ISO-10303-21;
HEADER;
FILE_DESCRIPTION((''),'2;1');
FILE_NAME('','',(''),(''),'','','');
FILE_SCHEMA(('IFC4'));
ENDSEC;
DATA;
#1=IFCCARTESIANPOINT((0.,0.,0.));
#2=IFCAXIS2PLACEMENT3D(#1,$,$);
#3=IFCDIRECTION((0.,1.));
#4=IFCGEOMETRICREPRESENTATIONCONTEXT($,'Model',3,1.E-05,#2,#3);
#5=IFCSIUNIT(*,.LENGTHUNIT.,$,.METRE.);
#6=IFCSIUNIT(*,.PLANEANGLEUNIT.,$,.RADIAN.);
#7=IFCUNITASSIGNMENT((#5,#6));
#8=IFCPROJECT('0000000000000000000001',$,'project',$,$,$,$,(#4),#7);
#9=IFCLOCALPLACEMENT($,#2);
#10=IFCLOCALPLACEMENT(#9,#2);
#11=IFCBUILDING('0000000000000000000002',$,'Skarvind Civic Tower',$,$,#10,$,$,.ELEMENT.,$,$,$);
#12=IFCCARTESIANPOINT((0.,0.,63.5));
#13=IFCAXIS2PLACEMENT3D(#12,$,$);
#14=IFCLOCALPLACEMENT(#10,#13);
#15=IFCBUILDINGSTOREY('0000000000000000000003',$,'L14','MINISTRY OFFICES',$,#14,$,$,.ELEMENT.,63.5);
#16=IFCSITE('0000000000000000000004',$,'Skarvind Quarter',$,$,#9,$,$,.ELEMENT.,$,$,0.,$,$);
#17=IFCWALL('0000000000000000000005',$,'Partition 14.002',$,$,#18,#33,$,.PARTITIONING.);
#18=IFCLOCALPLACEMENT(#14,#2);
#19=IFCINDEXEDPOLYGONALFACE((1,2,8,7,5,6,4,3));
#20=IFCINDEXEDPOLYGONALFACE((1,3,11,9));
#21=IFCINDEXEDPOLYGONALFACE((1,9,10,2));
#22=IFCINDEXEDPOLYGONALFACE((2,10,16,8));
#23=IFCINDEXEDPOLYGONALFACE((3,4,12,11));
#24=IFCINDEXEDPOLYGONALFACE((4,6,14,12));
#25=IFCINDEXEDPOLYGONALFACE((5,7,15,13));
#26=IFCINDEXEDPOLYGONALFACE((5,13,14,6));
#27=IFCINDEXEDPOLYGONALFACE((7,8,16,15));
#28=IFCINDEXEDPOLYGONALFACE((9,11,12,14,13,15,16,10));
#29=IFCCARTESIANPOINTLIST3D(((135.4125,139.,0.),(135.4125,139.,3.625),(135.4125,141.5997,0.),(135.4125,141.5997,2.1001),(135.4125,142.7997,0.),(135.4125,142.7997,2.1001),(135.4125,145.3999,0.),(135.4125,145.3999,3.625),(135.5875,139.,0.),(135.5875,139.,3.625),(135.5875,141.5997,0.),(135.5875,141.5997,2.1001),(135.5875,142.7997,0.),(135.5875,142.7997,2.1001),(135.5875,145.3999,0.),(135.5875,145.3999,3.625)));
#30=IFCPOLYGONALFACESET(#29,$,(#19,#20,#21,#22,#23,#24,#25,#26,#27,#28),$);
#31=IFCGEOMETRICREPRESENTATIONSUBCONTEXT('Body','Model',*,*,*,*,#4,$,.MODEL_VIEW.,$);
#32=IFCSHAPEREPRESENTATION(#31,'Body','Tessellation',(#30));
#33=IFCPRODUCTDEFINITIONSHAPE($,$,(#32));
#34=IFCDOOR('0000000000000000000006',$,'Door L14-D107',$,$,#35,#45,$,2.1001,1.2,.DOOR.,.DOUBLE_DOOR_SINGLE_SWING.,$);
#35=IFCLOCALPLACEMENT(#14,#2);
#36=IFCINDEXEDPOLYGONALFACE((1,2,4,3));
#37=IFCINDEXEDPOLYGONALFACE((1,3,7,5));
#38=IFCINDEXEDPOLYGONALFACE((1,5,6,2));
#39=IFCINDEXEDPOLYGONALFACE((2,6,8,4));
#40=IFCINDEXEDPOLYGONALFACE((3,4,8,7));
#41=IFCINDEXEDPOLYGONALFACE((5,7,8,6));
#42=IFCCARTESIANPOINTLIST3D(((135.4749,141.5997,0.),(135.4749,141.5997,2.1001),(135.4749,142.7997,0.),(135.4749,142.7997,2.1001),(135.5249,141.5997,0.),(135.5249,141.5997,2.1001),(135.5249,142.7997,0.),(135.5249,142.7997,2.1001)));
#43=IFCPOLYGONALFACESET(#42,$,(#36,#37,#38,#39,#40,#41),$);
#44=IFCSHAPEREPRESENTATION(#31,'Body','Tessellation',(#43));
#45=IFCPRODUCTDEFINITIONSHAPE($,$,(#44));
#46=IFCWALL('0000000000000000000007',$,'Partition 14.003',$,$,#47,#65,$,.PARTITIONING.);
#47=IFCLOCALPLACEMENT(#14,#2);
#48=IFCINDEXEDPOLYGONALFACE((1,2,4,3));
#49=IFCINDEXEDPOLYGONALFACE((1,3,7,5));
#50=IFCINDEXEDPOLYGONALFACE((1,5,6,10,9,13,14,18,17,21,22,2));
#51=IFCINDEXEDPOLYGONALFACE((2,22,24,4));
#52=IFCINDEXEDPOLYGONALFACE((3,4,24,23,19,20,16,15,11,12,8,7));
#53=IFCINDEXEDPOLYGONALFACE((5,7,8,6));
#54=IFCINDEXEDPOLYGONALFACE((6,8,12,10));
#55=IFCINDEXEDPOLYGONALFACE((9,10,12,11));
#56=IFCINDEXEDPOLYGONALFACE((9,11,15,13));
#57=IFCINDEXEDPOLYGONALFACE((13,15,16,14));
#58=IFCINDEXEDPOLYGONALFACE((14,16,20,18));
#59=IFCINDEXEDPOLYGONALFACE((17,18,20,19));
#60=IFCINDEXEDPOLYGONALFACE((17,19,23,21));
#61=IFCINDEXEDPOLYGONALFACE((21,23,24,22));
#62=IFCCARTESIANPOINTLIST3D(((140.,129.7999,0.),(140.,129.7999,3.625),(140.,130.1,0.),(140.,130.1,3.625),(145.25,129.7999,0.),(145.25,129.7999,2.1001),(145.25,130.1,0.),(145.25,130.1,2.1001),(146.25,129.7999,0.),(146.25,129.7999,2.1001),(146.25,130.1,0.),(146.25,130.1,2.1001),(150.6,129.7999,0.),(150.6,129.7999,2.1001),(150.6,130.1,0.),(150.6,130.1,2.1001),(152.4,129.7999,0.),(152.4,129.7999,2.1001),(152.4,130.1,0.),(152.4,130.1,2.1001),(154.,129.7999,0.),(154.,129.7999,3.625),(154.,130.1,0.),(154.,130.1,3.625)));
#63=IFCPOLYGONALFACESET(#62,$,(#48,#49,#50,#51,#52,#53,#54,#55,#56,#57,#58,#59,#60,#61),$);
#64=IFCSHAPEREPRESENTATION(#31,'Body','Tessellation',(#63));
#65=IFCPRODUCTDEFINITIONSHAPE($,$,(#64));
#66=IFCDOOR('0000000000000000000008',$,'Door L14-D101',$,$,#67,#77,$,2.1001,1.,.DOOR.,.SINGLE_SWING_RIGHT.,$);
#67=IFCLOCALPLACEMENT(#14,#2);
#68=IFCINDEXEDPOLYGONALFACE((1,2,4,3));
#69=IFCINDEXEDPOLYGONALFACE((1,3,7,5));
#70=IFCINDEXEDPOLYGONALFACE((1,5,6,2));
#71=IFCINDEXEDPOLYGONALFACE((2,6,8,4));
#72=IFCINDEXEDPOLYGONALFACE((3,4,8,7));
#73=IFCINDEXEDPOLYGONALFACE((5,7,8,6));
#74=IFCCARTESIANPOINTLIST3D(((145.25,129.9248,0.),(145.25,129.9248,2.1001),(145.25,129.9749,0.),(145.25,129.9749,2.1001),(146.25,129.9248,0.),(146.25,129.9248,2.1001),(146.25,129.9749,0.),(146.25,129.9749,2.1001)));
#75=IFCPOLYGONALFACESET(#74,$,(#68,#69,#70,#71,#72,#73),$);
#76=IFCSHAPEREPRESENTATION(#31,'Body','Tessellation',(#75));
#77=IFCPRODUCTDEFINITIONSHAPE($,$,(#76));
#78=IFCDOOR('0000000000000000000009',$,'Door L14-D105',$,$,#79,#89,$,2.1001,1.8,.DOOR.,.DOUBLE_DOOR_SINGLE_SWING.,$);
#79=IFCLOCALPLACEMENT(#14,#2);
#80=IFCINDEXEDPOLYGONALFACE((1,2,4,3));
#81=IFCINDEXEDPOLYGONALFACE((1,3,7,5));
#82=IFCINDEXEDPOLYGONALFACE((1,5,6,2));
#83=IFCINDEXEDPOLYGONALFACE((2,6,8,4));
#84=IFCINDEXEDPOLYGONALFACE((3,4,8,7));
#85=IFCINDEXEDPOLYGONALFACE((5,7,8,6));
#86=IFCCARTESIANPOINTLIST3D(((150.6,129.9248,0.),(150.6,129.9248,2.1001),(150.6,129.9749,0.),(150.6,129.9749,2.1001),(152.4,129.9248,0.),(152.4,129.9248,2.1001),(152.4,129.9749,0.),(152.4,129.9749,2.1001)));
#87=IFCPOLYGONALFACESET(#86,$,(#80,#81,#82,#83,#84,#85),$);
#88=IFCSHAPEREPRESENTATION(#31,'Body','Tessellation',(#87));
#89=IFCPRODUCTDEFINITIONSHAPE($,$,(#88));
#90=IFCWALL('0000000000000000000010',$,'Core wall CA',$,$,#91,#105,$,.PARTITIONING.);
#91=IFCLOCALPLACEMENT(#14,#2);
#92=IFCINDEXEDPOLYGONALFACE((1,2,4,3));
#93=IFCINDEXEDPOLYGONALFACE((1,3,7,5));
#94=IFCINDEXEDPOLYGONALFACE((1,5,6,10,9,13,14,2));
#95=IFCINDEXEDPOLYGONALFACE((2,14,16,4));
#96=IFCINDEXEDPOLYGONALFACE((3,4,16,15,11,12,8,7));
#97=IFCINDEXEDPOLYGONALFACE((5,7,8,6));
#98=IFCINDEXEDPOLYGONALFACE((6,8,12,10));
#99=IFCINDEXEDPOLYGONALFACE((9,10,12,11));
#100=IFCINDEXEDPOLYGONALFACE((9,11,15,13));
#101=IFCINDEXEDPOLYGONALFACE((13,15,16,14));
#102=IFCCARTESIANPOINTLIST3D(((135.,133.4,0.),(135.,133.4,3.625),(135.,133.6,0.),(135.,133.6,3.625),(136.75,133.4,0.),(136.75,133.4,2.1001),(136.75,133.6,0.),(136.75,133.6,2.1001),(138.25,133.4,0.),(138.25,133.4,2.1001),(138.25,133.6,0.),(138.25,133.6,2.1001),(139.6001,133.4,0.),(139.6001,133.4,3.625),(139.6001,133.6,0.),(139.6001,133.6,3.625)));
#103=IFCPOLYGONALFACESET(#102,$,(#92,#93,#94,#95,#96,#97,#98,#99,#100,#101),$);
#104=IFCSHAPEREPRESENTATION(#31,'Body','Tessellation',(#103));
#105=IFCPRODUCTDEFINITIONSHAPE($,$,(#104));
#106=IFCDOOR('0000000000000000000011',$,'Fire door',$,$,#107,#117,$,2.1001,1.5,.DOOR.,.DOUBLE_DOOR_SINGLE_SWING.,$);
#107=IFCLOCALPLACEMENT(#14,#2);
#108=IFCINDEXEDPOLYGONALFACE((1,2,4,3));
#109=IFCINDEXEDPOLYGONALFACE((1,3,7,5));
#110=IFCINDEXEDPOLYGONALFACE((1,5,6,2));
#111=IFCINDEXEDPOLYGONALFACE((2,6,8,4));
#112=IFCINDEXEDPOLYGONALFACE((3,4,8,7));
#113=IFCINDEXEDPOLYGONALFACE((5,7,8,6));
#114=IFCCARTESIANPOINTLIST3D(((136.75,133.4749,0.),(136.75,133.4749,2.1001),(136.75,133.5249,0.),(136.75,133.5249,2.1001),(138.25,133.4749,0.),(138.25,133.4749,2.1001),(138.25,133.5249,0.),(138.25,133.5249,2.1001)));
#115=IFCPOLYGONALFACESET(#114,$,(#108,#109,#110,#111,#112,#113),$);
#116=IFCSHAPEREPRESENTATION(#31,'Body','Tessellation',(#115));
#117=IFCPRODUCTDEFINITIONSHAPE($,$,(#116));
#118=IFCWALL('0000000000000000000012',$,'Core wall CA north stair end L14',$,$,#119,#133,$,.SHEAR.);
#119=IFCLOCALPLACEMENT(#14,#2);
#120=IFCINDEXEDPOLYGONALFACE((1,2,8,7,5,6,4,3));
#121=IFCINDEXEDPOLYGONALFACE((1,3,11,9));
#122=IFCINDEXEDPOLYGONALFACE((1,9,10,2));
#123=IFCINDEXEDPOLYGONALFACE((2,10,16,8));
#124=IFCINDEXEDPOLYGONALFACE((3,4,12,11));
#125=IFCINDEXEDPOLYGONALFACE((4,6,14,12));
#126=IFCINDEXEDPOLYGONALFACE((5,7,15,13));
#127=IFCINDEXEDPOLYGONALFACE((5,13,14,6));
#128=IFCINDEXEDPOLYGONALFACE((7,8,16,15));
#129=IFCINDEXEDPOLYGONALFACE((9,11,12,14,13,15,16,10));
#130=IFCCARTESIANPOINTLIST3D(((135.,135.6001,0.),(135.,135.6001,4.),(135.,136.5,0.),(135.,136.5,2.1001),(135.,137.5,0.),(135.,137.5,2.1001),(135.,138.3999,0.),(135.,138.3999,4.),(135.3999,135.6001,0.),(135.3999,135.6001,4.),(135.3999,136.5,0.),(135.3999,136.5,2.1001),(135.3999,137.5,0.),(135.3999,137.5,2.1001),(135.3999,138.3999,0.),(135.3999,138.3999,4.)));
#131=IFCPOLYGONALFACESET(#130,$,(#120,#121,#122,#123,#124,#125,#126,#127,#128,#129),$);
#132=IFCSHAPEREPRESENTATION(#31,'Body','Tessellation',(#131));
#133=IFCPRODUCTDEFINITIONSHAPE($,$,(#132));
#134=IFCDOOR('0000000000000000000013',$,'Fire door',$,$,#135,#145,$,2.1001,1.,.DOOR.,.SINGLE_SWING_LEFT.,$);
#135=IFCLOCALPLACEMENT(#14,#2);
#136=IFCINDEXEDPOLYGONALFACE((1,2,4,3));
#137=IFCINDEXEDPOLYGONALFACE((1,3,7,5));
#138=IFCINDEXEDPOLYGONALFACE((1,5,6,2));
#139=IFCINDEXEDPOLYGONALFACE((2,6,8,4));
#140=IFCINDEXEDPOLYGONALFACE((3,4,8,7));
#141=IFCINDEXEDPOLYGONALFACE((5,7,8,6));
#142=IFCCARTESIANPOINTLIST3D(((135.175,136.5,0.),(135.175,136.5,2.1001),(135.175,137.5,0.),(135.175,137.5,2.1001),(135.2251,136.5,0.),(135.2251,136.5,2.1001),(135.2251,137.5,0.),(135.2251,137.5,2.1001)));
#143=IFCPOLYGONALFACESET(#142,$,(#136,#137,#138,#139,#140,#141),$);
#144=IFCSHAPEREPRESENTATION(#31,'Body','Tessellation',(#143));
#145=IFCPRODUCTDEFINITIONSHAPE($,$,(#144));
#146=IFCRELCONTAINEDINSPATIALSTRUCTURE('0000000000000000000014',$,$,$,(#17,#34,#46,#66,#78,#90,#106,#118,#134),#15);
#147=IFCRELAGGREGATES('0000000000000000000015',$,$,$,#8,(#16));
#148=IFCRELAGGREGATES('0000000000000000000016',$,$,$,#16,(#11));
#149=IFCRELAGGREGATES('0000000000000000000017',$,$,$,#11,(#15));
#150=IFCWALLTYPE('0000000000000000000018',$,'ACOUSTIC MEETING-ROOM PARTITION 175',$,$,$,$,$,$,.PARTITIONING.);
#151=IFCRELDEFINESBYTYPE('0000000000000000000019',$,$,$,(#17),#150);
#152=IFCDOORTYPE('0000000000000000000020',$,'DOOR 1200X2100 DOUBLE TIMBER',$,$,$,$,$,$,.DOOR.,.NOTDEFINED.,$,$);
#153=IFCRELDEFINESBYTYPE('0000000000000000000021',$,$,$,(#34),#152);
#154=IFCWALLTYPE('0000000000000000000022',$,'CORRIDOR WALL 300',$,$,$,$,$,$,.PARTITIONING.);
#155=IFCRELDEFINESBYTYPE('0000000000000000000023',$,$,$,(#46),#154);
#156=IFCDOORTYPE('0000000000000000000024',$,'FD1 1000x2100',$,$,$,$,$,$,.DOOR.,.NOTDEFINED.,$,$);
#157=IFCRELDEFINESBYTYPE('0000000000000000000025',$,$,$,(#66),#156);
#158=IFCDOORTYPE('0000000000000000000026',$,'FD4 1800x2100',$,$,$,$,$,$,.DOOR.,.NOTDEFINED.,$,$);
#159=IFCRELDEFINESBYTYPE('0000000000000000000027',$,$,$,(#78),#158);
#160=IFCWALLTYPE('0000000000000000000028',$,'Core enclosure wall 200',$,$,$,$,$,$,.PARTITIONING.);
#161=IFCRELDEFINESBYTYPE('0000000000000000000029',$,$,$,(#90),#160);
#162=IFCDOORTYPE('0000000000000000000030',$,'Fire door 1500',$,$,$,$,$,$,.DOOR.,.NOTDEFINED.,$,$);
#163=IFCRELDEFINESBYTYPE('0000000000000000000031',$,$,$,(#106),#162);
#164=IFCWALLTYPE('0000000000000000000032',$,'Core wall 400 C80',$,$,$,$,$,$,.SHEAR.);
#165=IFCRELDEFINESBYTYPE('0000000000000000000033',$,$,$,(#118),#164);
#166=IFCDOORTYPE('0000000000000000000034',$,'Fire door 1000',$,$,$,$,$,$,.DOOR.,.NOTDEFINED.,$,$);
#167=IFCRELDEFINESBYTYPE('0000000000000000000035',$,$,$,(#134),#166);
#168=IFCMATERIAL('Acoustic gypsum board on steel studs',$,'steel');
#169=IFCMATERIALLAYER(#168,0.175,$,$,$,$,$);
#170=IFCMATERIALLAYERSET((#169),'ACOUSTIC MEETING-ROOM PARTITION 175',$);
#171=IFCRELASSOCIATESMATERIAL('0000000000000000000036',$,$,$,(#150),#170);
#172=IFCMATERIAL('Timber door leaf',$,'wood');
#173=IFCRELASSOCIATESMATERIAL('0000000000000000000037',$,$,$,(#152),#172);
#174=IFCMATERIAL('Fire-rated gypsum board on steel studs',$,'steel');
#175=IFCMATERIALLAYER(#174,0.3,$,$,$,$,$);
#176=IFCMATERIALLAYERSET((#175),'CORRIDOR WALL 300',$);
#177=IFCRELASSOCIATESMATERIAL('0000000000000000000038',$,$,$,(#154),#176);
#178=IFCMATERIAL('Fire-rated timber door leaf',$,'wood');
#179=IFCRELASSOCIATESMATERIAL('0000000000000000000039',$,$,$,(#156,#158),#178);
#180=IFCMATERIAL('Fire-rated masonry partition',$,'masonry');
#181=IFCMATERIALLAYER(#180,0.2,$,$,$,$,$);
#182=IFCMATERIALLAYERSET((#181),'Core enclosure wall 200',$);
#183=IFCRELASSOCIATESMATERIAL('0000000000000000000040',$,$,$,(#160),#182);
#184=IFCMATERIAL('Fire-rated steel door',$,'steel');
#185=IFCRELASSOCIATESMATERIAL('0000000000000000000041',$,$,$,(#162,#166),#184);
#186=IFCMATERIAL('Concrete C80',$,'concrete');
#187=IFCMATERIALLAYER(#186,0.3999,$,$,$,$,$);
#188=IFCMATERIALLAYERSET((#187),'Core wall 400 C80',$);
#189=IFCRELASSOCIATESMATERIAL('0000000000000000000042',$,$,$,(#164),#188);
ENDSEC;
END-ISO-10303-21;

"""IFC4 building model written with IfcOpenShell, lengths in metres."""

from ifc_helpers import new_model, si_unit, direction, frame, frame_2d, origin, place, context, subcontext, project, spatial, rectangle, extrude, material, layer, layer_set, type_object, element, fill, save


model = new_model("IFC4")

# Units and contexts
model_context = context("Model", 3, precision=1e-05, world=origin(), true_north=direction((0.0, 1.0)))
body_context = subcontext(model_context, "Body", "Model", "MODEL_VIEW")
ifc_project = project(units=[si_unit("LENGTHUNIT", "METRE"), si_unit("PLANEANGLEUNIT", "RADIAN")], contexts=[model_context])

# Site, building, storey
site_placement = place(None, origin())
site = spatial("IfcSite", under=ifc_project, at=site_placement, Name="Skarvind Quarter", CompositionType="ELEMENT", RefElevation=0.0)
building_placement = place(site_placement, origin())
building = spatial("IfcBuilding", under=site, at=building_placement, Name="Skarvind Civic Tower", CompositionType="ELEMENT")
storey_placement = place(building_placement, frame((0.0, 0.0, 63.5)))
storey = spatial("IfcBuildingStorey", under=building, at=storey_placement, Name="L14", Description="MINISTRY OFFICES", CompositionType="ELEMENT", Elevation=63.5)

# Wall, opening, door
ifc_material_1 = material(Name="Acoustic gypsum board on steel studs", Category="steel")
ifc_layer_1 = layer(ifc_material_1, 0.175)
ifc_layer_set_1 = layer_set([ifc_layer_1], Name="ACOUSTIC MEETING-ROOM PARTITION 175")
wall_type_1 = type_object("IfcWallType", Name="ACOUSTIC MEETING-ROOM PARTITION 175", PredefinedType="PARTITIONING", material=ifc_layer_set_1)
wall_1_placement = place(storey_placement, frame((135.5, 145.3999, 0.0), z_axis=(0.0, 0.0, 1.0), x_axis=(0.0, -1.0, 0.0)))
wall_1 = element("IfcWall", 1, at=wall_1_placement, inside=storey, type_object=wall_type_1, Name="Partition 14.002", PredefinedType="PARTITIONING", context=body_context, shape_type="SweptSolid", body=[
    extrude(rectangle(XDim=6.3999, YDim=0.175, at=frame_2d((3.2, 0.0))), origin(), (0.0, 0.0, 1.0), 3.625),
])
opening_1_placement = place(wall_1_placement, frame((2.6001, 0.0, 0.0)))
opening_1 = element("IfcOpeningElement", 2, at=opening_1_placement, cuts=wall_1, PredefinedType="OPENING", context=body_context, shape_type="SweptSolid", body=[
    extrude(rectangle(XDim=1.2, YDim=2.1001, at=frame_2d((0.6001, 1.05))), frame((0.0, 0.0974, 0.0), z_axis=(0.0, -1.0, 0.0), x_axis=(1.0, 0.0, 0.0)), (0.0, 0.0, 1.0), 0.1951),
])
ifc_material_2 = material(Name="Timber door leaf", Category="wood")
door_type_1 = type_object("IfcDoorType", Name="DOOR 1200X2100 DOUBLE TIMBER", OperationType="NOTDEFINED", PredefinedType="DOOR", material=ifc_material_2)
door_1_placement = place(opening_1_placement, origin())
door_1 = element("IfcDoor", 3, at=door_1_placement, inside=storey, type_object=door_type_1, Name="Door L14-D107", OperationType="DOUBLE_DOOR_SINGLE_SWING", OverallHeight=2.1001, OverallWidth=1.2, PredefinedType="DOOR", context=body_context, shape_type="SweptSolid", body=[
    extrude(rectangle(XDim=1.2, YDim=2.1001, at=frame_2d((0.6001, 1.05))), frame((0.0, 0.0249, 0.0), z_axis=(0.0, -1.0, 0.0), x_axis=(1.0, 0.0, 0.0)), (0.0, 0.0, 1.0), 0.05),
])
fill(opening_1, door_1)

# Wall, openings, doors
ifc_material_3 = material(Name="Fire-rated gypsum board on steel studs", Category="steel")
ifc_layer_2 = layer(ifc_material_3, 0.3)
ifc_layer_set_2 = layer_set([ifc_layer_2], Name="CORRIDOR WALL 300")
wall_type_2 = type_object("IfcWallType", Name="CORRIDOR WALL 300", PredefinedType="PARTITIONING", material=ifc_layer_set_2)
wall_2_placement = place(storey_placement, frame((140.0, 129.95, 0.0), z_axis=(0.0, 0.0, 1.0), x_axis=(1.0, 0.0, 0.0)))
wall_2 = element("IfcWall", 4, at=wall_2_placement, inside=storey, type_object=wall_type_2, Name="Partition 14.003", PredefinedType="PARTITIONING", context=body_context, shape_type="SweptSolid", body=[
    extrude(rectangle(XDim=14.0, YDim=0.3, at=frame_2d((7.0, 0.0))), origin(), (0.0, 0.0, 1.0), 3.625),
])
opening_2_placement = place(wall_2_placement, frame((5.25, 0.0, 0.0)))
opening_2 = element("IfcOpeningElement", 5, at=opening_2_placement, cuts=wall_2, PredefinedType="OPENING", context=body_context, shape_type="SweptSolid", body=[
    extrude(rectangle(XDim=1.0, YDim=2.1001, at=frame_2d((0.5, 1.05))), frame((0.0, 0.1599, 0.0), z_axis=(0.0, -1.0, 0.0), x_axis=(1.0, 0.0, 0.0)), (0.0, 0.0, 1.0), 0.3201),
])
opening_3_placement = place(wall_2_placement, frame((10.6001, 0.0, 0.0)))
opening_3 = element("IfcOpeningElement", 6, at=opening_3_placement, cuts=wall_2, PredefinedType="OPENING", context=body_context, shape_type="SweptSolid", body=[
    extrude(rectangle(XDim=1.8, YDim=2.1001, at=frame_2d((0.8999, 1.05))), frame((0.0, 0.1599, 0.0), z_axis=(0.0, -1.0, 0.0), x_axis=(1.0, 0.0, 0.0)), (0.0, 0.0, 1.0), 0.3201),
])
ifc_material_4 = material(Name="Fire-rated timber door leaf", Category="wood")
door_type_2 = type_object("IfcDoorType", Name="FD1 1000x2100", OperationType="NOTDEFINED", PredefinedType="DOOR", material=ifc_material_4)
door_2_placement = place(opening_2_placement, origin())
door_2 = element("IfcDoor", 7, at=door_2_placement, inside=storey, type_object=door_type_2, Name="Door L14-D101", OperationType="SINGLE_SWING_RIGHT", OverallHeight=2.1001, OverallWidth=1.0, PredefinedType="DOOR", context=body_context, shape_type="SweptSolid", body=[
    extrude(rectangle(XDim=1.0, YDim=2.1001, at=frame_2d((0.5, 1.05))), frame((0.0, 0.0249, 0.0), z_axis=(0.0, -1.0, 0.0), x_axis=(1.0, 0.0, 0.0)), (0.0, 0.0, 1.0), 0.05),
])
fill(opening_2, door_2)
door_type_3 = type_object("IfcDoorType", Name="FD4 1800x2100", OperationType="NOTDEFINED", PredefinedType="DOOR", material=ifc_material_4)
door_3_placement = place(opening_3_placement, origin())
door_3 = element("IfcDoor", 8, at=door_3_placement, inside=storey, type_object=door_type_3, Name="Door L14-D105", OperationType="DOUBLE_DOOR_SINGLE_SWING", OverallHeight=2.1001, OverallWidth=1.8, PredefinedType="DOOR", context=body_context, shape_type="SweptSolid", body=[
    extrude(rectangle(XDim=1.8, YDim=2.1001, at=frame_2d((0.8999, 1.05))), frame((0.0, 0.0249, 0.0), z_axis=(0.0, -1.0, 0.0), x_axis=(1.0, 0.0, 0.0)), (0.0, 0.0, 1.0), 0.05),
])
fill(opening_3, door_3)

# Walls, openings, doors
ifc_material_5 = material(Name="Fire-rated masonry partition", Category="masonry")
ifc_layer_3 = layer(ifc_material_5, 0.2)
ifc_layer_set_3 = layer_set([ifc_layer_3], Name="Core enclosure wall 200")
wall_type_3 = type_object("IfcWallType", Name="Core enclosure wall 200", PredefinedType="PARTITIONING", material=ifc_layer_set_3)
wall_3_placement = place(storey_placement, frame((135.0, 133.5, 0.0), z_axis=(0.0, 0.0, 1.0), x_axis=(1.0, 0.0, 0.0)))
wall_3 = element("IfcWall", 9, at=wall_3_placement, inside=storey, type_object=wall_type_3, Name="Core wall CA", PredefinedType="PARTITIONING", context=body_context, shape_type="SweptSolid", body=[
    extrude(rectangle(XDim=4.6001, YDim=0.2, at=frame_2d((2.3, 0.0))), origin(), (0.0, 0.0, 1.0), 3.625),
])
opening_4_placement = place(wall_3_placement, frame((1.75, 0.0, 0.0)))
opening_4 = element("IfcOpeningElement", 10, at=opening_4_placement, cuts=wall_3, PredefinedType="OPENING", context=body_context, shape_type="SweptSolid", body=[
    extrude(rectangle(XDim=1.5, YDim=2.1001, at=frame_2d((0.75, 1.05))), frame((0.0, 0.1099, 0.0), z_axis=(0.0, -1.0, 0.0), x_axis=(1.0, 0.0, 0.0)), (0.0, 0.0, 1.0), 0.22),
])
ifc_material_6 = material(Name="Fire-rated steel door", Category="steel")
door_type_4 = type_object("IfcDoorType", Name="Fire door 1500", OperationType="NOTDEFINED", PredefinedType="DOOR", material=ifc_material_6)
door_4_placement = place(opening_4_placement, origin())
door_4 = element("IfcDoor", 11, at=door_4_placement, inside=storey, type_object=door_type_4, Name="Fire door", OperationType="DOUBLE_DOOR_SINGLE_SWING", OverallHeight=2.1001, OverallWidth=1.5, PredefinedType="DOOR", context=body_context, shape_type="SweptSolid", body=[
    extrude(rectangle(XDim=1.5, YDim=2.1001, at=frame_2d((0.75, 1.05))), frame((0.0, 0.0249, 0.0), z_axis=(0.0, -1.0, 0.0), x_axis=(1.0, 0.0, 0.0)), (0.0, 0.0, 1.0), 0.05),
])
fill(opening_4, door_4)
ifc_material_7 = material(Name="Concrete C80", Category="concrete")
ifc_layer_4 = layer(ifc_material_7, 0.3999)
ifc_layer_set_4 = layer_set([ifc_layer_4], Name="Core wall 400 C80")
wall_type_4 = type_object("IfcWallType", Name="Core wall 400 C80", PredefinedType="SHEAR", material=ifc_layer_set_4)
wall_4_placement = place(storey_placement, frame((135.2, 135.6001, 0.0), z_axis=(0.0, 0.0, 1.0), x_axis=(0.0, 1.0, 0.0)))
wall_4 = element("IfcWall", 12, at=wall_4_placement, inside=storey, type_object=wall_type_4, Name="Core wall CA north stair end L14", PredefinedType="SHEAR", context=body_context, shape_type="SweptSolid", body=[
    extrude(rectangle(XDim=2.7998, YDim=0.3999, at=frame_2d((1.3999, 0.0))), origin(), (0.0, 0.0, 1.0), 4.0),
])
opening_5_placement = place(wall_4_placement, frame((0.8999, 0.0, 0.0)))
opening_5 = element("IfcOpeningElement", 13, at=opening_5_placement, cuts=wall_4, PredefinedType="OPENING", context=body_context, shape_type="SweptSolid", body=[
    extrude(rectangle(XDim=1.0, YDim=2.1001, at=frame_2d((0.5, 1.05))), frame((0.0, 0.21, 0.0), z_axis=(0.0, -1.0, 0.0), x_axis=(1.0, 0.0, 0.0)), (0.0, 0.0, 1.0), 0.4199),
])
door_type_5 = type_object("IfcDoorType", Name="Fire door 1000", OperationType="NOTDEFINED", PredefinedType="DOOR", material=ifc_material_6)
door_5_placement = place(opening_5_placement, origin())
door_5 = element("IfcDoor", 14, at=door_5_placement, inside=storey, type_object=door_type_5, Name="Fire door", OperationType="SINGLE_SWING_LEFT", OverallHeight=2.1001, OverallWidth=1.0, PredefinedType="DOOR", context=body_context, shape_type="SweptSolid", body=[
    extrude(rectangle(XDim=1.0, YDim=2.1001, at=frame_2d((0.5, 1.05))), frame((0.0, 0.0249, 0.0), z_axis=(0.0, -1.0, 0.0), x_axis=(1.0, 0.0, 0.0)), (0.0, 0.0, 1.0), 0.05),
])
fill(opening_5, door_5)

save(model, "model.ifc")
